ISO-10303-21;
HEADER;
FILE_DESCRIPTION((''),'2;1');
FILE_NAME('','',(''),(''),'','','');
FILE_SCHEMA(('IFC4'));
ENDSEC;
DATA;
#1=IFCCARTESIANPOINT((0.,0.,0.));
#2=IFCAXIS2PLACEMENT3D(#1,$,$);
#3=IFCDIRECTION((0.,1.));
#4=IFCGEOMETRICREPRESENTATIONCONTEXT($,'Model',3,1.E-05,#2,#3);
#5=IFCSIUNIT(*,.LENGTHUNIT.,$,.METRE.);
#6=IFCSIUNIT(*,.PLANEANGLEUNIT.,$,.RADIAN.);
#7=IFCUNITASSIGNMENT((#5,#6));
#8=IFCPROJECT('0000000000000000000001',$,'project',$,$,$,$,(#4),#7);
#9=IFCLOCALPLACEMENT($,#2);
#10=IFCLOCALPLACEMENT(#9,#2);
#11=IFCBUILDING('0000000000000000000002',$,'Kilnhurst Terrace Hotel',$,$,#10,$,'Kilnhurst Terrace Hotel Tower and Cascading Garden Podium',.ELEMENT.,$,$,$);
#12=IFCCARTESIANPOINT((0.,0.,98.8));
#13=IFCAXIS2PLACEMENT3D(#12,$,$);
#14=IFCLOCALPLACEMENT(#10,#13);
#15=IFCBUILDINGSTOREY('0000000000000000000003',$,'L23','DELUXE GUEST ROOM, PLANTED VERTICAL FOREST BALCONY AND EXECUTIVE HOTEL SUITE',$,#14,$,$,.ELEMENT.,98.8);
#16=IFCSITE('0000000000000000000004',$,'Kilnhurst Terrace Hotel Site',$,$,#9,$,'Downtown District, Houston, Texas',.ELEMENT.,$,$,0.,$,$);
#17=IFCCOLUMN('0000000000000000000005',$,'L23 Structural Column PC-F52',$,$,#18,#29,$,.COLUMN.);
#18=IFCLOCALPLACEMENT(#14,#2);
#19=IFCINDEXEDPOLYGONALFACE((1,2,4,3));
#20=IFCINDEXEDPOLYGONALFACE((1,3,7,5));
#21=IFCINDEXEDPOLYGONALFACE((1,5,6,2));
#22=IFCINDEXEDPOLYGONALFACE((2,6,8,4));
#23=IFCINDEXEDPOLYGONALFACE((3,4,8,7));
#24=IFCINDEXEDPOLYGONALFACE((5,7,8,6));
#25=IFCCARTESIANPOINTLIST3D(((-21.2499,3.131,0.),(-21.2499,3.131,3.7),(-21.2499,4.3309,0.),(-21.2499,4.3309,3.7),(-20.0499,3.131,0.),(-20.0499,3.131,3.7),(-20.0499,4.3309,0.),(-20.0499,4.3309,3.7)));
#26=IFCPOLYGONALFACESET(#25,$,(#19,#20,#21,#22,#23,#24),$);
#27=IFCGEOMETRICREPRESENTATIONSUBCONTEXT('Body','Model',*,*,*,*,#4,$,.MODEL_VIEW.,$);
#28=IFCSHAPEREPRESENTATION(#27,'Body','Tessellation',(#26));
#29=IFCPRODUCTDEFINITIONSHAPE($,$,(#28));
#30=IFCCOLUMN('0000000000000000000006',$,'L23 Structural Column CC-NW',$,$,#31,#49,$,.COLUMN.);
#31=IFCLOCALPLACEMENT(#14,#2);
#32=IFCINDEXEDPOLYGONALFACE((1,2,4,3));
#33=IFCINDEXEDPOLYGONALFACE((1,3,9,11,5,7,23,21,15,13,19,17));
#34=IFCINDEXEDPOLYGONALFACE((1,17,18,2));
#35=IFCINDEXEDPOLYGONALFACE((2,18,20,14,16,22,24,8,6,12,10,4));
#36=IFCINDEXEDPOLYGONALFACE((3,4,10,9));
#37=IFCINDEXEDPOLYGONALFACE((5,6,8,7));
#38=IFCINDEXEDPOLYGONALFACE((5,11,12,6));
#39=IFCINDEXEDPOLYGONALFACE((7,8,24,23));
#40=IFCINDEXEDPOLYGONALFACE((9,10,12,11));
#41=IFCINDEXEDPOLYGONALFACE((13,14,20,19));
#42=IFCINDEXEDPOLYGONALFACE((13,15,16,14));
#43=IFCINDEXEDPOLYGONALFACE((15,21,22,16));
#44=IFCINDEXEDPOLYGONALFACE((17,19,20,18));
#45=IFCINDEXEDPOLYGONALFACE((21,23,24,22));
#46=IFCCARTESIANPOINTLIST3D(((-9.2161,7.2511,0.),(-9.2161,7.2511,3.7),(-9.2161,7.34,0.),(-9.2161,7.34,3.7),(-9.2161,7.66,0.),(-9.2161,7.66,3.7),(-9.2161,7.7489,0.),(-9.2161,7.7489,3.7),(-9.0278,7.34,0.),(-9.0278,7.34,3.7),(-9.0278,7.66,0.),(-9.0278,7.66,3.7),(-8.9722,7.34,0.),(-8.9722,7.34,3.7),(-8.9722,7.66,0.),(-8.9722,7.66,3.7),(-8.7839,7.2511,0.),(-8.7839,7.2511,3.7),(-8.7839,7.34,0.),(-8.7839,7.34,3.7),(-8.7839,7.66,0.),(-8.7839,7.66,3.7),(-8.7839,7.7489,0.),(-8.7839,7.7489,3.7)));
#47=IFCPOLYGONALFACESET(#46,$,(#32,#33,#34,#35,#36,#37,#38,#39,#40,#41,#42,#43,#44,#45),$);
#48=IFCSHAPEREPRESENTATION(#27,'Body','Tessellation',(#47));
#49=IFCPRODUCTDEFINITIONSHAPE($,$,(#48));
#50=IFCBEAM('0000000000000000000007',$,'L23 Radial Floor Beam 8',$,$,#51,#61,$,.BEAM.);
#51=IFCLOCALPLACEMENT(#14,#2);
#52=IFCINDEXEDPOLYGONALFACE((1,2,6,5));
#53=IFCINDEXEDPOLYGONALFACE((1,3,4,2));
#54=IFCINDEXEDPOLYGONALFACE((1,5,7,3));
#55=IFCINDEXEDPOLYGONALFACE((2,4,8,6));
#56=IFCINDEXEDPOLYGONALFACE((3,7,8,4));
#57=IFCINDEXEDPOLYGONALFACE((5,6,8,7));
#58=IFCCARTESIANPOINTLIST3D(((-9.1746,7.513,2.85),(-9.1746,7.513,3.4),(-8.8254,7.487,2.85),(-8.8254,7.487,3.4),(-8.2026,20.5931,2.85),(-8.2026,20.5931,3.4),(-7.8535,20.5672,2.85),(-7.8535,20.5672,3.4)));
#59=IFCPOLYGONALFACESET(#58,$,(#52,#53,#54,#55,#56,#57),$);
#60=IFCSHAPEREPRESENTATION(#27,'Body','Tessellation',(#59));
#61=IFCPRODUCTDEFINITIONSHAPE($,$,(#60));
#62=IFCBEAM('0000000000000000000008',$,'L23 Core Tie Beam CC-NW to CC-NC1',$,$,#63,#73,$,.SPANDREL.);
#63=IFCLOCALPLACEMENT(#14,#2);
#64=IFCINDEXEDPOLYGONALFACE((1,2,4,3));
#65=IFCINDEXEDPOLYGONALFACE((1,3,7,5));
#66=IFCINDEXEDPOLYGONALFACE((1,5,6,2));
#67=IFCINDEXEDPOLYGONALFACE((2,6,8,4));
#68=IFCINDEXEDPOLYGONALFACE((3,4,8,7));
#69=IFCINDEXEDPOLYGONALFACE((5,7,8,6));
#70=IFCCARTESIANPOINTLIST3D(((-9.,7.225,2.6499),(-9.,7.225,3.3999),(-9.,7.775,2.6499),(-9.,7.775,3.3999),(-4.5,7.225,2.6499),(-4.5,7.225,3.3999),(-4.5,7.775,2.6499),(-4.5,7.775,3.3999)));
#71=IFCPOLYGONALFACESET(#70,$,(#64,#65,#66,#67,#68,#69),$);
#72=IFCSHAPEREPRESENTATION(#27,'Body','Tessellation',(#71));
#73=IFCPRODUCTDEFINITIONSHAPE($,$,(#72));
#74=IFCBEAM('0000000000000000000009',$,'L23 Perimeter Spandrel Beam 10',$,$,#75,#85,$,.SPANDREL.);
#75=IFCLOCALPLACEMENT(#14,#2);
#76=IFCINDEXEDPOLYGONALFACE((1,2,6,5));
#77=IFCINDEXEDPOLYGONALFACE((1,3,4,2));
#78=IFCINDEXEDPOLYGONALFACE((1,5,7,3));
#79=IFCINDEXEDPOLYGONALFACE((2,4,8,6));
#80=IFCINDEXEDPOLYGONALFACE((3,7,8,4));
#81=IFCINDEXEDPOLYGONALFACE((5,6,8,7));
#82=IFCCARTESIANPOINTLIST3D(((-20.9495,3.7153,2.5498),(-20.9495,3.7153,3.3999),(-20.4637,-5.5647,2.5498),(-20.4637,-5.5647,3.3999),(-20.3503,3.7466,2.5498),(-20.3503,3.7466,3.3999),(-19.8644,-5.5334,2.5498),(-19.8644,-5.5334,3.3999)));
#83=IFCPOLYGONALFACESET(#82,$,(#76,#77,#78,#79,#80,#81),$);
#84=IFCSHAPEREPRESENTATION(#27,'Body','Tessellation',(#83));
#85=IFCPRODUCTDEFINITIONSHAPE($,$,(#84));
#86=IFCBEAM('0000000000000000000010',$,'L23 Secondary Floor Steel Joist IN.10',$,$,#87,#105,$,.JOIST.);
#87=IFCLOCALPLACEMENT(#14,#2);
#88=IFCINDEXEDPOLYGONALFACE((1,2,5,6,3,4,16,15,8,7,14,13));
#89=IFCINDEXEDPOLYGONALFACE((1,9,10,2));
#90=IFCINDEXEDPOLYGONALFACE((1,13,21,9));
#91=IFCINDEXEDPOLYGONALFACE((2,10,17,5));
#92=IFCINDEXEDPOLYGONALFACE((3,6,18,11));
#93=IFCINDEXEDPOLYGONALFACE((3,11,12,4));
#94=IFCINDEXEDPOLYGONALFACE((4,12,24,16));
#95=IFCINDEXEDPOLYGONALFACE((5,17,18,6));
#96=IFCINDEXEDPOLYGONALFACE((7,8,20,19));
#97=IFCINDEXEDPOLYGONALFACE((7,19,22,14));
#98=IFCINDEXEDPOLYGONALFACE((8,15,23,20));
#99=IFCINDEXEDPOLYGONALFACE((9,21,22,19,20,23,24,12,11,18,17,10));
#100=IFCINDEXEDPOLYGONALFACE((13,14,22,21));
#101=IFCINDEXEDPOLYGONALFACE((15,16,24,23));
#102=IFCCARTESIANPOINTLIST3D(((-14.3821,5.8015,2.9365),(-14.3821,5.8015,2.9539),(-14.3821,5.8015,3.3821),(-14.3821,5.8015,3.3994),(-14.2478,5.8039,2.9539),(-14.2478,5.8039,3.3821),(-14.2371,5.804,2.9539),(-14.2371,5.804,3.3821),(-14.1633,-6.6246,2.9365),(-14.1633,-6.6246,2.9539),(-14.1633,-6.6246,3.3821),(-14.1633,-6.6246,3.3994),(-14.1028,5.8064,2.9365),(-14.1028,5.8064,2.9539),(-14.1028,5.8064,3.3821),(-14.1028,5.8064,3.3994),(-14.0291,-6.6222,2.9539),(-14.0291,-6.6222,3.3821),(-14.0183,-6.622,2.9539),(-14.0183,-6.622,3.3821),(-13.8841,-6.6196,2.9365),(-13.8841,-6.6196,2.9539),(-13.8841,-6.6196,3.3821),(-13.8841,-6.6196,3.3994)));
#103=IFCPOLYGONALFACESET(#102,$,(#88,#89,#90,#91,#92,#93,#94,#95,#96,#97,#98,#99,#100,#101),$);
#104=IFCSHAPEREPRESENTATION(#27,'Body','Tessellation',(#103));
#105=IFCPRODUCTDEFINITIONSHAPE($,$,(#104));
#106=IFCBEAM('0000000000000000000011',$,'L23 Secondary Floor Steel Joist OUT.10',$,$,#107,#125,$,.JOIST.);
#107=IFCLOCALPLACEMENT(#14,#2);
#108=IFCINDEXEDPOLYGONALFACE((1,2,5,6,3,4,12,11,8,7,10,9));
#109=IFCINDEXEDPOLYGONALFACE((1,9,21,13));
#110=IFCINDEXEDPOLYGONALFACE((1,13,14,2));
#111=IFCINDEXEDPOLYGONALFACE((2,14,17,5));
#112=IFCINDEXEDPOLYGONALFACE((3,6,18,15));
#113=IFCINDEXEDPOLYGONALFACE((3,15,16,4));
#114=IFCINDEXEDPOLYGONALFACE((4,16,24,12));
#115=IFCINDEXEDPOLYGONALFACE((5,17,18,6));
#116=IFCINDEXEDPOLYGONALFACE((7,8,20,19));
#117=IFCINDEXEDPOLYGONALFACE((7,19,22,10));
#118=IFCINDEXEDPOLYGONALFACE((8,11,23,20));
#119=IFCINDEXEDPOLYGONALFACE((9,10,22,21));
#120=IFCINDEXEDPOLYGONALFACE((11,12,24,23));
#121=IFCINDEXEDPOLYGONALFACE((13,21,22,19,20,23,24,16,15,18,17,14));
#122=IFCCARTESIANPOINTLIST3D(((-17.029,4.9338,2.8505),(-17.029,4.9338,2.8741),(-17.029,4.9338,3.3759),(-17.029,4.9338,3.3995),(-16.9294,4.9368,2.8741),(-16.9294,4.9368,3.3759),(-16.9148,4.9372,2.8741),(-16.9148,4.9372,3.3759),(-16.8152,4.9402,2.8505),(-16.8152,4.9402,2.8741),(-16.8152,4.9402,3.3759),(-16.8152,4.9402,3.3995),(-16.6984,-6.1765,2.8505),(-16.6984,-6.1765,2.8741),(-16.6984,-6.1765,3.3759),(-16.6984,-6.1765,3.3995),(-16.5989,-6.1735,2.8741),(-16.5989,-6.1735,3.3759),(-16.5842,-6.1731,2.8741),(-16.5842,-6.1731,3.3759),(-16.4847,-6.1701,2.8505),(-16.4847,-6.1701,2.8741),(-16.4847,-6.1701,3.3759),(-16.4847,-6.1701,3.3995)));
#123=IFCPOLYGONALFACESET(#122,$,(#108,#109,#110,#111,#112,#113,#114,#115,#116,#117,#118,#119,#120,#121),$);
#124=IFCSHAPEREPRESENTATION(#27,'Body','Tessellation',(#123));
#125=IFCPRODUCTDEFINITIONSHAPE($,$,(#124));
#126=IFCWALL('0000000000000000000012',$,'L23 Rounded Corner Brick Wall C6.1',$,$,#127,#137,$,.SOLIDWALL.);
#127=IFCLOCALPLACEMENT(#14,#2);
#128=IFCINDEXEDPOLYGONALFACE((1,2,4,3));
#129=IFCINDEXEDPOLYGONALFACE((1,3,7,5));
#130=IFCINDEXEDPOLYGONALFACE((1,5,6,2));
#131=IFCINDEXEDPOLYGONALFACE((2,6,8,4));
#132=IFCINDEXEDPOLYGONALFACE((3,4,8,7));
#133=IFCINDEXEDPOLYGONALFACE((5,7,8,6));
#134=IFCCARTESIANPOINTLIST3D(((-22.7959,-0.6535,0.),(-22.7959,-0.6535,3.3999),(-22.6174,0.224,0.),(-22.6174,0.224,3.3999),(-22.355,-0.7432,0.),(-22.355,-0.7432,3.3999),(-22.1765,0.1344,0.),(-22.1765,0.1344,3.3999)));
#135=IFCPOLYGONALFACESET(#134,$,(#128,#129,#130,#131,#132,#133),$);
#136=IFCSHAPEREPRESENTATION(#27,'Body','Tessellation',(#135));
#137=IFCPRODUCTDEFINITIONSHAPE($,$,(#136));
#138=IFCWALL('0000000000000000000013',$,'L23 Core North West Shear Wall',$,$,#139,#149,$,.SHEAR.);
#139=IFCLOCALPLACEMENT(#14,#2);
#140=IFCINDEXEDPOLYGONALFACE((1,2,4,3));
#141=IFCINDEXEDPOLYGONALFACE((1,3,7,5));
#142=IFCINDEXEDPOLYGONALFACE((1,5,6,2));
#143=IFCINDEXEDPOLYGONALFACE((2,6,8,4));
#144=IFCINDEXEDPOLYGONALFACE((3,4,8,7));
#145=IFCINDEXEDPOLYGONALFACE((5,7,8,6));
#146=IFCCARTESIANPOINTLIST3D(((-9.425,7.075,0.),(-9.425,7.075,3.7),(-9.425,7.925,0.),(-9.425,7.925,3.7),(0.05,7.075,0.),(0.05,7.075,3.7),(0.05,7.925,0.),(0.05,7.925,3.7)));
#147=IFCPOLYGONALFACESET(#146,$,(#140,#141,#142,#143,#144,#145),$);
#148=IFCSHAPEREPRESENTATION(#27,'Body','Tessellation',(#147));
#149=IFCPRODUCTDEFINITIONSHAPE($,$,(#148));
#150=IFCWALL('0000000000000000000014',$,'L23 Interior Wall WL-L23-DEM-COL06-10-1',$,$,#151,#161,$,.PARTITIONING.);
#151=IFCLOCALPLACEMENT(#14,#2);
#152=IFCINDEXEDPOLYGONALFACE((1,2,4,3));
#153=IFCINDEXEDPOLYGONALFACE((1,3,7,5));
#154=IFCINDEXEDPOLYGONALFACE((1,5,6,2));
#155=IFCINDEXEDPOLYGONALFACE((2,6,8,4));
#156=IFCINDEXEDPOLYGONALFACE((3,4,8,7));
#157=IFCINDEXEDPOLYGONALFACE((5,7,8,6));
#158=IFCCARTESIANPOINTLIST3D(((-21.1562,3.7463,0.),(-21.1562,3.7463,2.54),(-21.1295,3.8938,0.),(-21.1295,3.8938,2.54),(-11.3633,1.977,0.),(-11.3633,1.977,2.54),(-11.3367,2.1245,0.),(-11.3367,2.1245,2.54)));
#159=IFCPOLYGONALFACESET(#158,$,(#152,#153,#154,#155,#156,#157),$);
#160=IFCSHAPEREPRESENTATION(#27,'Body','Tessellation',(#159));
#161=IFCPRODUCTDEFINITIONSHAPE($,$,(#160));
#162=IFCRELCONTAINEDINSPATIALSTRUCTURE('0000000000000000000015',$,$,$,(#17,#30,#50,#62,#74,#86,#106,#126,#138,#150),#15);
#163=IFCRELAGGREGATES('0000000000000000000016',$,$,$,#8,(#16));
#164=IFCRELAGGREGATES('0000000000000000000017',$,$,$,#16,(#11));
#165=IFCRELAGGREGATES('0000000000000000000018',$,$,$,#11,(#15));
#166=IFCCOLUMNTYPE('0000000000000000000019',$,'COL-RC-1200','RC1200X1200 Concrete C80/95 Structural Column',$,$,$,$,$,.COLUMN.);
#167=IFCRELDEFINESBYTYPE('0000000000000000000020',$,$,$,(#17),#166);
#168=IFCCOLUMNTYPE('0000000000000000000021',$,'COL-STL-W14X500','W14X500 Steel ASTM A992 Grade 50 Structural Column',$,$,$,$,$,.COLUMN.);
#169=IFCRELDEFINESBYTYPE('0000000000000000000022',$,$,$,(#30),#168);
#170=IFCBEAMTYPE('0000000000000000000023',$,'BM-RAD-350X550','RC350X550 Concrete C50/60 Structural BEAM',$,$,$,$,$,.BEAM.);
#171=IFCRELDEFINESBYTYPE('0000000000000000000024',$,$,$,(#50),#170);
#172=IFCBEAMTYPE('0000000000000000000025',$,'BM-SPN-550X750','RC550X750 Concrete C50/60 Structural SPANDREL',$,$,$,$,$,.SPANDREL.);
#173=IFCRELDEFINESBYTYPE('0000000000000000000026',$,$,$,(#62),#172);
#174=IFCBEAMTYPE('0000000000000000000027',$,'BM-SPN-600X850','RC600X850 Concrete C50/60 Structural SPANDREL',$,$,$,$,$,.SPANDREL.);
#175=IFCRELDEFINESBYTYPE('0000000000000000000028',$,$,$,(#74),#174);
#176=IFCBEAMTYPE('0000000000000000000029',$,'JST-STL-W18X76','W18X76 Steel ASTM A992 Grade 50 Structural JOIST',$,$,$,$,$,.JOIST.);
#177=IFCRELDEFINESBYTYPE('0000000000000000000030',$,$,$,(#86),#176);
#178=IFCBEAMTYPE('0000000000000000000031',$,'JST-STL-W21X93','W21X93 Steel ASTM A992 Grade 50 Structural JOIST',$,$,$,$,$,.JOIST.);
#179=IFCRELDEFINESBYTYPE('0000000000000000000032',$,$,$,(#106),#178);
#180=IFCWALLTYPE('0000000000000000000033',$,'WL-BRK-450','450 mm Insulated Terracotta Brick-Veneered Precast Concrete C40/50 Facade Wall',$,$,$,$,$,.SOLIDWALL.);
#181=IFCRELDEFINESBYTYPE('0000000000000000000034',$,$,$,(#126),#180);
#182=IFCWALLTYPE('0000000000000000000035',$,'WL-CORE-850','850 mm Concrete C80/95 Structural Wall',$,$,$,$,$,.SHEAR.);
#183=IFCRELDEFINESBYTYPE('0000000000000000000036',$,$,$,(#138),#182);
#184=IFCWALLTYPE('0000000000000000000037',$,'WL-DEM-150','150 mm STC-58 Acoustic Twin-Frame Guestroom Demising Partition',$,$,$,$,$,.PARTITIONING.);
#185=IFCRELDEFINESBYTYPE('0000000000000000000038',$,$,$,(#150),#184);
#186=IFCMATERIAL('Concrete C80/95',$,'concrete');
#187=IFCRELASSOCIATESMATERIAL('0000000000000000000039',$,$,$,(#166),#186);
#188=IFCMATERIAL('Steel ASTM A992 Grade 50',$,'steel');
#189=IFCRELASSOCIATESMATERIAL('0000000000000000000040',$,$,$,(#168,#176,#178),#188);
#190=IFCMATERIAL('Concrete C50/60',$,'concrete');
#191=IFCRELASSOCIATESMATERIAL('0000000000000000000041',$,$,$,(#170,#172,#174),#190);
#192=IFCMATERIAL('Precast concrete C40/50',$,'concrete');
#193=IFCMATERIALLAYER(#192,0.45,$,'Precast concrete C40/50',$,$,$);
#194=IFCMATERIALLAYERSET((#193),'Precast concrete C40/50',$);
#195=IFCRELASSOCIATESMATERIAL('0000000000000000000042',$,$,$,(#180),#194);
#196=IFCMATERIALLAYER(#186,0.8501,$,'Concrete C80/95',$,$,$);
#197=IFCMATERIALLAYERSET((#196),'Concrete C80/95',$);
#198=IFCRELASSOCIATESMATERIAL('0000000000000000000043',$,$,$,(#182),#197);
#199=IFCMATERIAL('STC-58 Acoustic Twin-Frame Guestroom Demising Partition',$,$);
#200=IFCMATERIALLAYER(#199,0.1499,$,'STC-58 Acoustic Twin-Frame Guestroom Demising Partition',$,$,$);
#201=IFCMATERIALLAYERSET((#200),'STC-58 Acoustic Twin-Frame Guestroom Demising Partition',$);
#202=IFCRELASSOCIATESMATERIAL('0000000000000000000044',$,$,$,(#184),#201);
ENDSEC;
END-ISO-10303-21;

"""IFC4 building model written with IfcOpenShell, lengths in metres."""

from ifc_helpers import new_model, si_unit, direction, frame, frame_2d, origin, origin_2d, place, context, subcontext, project, spatial, rectangle, i_section, extrude, material, layer, layer_set, material_profile, profile_set, type_object, element, save


model = new_model("IFC4")

# Units and contexts
model_context = context("Model", 3, precision=1e-05, world=origin(), true_north=direction((0.0, 1.0)))
body_context = subcontext(model_context, "Body", "Model", "MODEL_VIEW")
ifc_project = project(units=[si_unit("LENGTHUNIT", "METRE"), si_unit("PLANEANGLEUNIT", "RADIAN")], contexts=[model_context])

# Site, building, storey
site_placement = place(None, origin())
site = spatial("IfcSite", under=ifc_project, at=site_placement, Name="Kilnhurst Terrace Hotel Site", LongName="Downtown District, Houston, Texas", CompositionType="ELEMENT", RefElevation=0.0)
building_placement = place(site_placement, origin())
building = spatial("IfcBuilding", under=site, at=building_placement, Name="Kilnhurst Terrace Hotel", LongName="Kilnhurst Terrace Hotel Tower and Cascading Garden Podium", CompositionType="ELEMENT")
storey_placement = place(building_placement, frame((0.0, 0.0, 98.8)))
storey = spatial("IfcBuildingStorey", under=building, at=storey_placement, Name="L23", Description="DELUXE GUEST ROOM, PLANTED VERTICAL FOREST BALCONY AND EXECUTIVE HOTEL SUITE", CompositionType="ELEMENT", Elevation=98.8)

# Columns
ifc_material_1 = material(Name="Concrete C80/95", Category="concrete")
ifc_material_profile_1 = material_profile(ifc_material_1, rectangle(XDim=1.2, YDim=1.2, at=origin_2d()), Name="RC1200X1200")
ifc_profile_set_1 = profile_set([ifc_material_profile_1], Name="Concrete C80/95")
column_type_1 = type_object("IfcColumnType", Name="COL-RC-1200", Description="RC1200X1200 Concrete C80/95 Structural Column", PredefinedType="COLUMN", material=ifc_profile_set_1)
column_1_placement = place(storey_placement, frame((-20.6499, 3.731, 0.0), z_axis=(0.0, 0.0, 1.0), x_axis=(1.0, 0.0, 0.0)))
element("IfcColumn", 1, at=column_1_placement, inside=storey, type_object=column_type_1, Name="L23 Structural Column PC-F52", PredefinedType="COLUMN", context=body_context, shape_type="SweptSolid", body=[
    extrude(rectangle(XDim=1.2, YDim=1.2, at=origin_2d()), origin(), (0.0, 0.0, 1.0), 3.7),
])
ifc_material_2 = material(Name="Steel ASTM A992 Grade 50", Category="steel")
ifc_material_profile_2 = material_profile(ifc_material_2, i_section(OverallWidth=0.4321, OverallDepth=0.4978, WebThickness=0.0557, FlangeThickness=0.0889, at=origin_2d()), Name="W14X500")
ifc_profile_set_2 = profile_set([ifc_material_profile_2], Name="Steel ASTM A992 Grade 50")
column_type_2 = type_object("IfcColumnType", Name="COL-STL-W14X500", Description="W14X500 Steel ASTM A992 Grade 50 Structural Column", PredefinedType="COLUMN", material=ifc_profile_set_2)
column_2_placement = place(storey_placement, frame((-9.0, 7.5, 0.0), z_axis=(0.0, 0.0, 1.0), x_axis=(1.0, 0.0, 0.0)))
element("IfcColumn", 2, at=column_2_placement, inside=storey, type_object=column_type_2, Name="L23 Structural Column CC-NW", PredefinedType="COLUMN", context=body_context, shape_type="SweptSolid", body=[
    extrude(i_section(OverallWidth=0.4321, OverallDepth=0.4978, WebThickness=0.0557, FlangeThickness=0.0889, at=origin_2d()), origin(), (0.0, 0.0, 1.0), 3.7),
])

# Beams
ifc_material_3 = material(Name="Concrete C50/60", Category="concrete")
ifc_material_profile_3 = material_profile(ifc_material_3, rectangle(XDim=0.3501, YDim=0.55, at=origin_2d()), Name="RC350X550")
ifc_profile_set_3 = profile_set([ifc_material_profile_3], Name="Concrete C50/60")
beam_type_1 = type_object("IfcBeamType", Name="BM-RAD-350X550", Description="RC350X550 Concrete C50/60 Structural BEAM", PredefinedType="BEAM", material=ifc_profile_set_3)
beam_1_placement = place(storey_placement, frame((-9.0, 7.5, 3.125), z_axis=(0.074101, 0.997251, 0.0), x_axis=(-0.997251, 0.074101, 0.0)))
element("IfcBeam", 3, at=beam_1_placement, inside=storey, type_object=beam_type_1, Name="L23 Radial Floor Beam 8", PredefinedType="BEAM", context=body_context, shape_type="SweptSolid", body=[
    extrude(rectangle(XDim=0.3501, YDim=0.55, at=origin_2d()), origin(), (0.0, 0.0, 1.0), 13.1162),
])
ifc_material_profile_4 = material_profile(ifc_material_3, rectangle(XDim=0.55, YDim=0.75, at=origin_2d()), Name="RC550X750")
ifc_profile_set_4 = profile_set([ifc_material_profile_4], Name="Concrete C50/60")
beam_type_2 = type_object("IfcBeamType", Name="BM-SPN-550X750", Description="RC550X750 Concrete C50/60 Structural SPANDREL", PredefinedType="SPANDREL", material=ifc_profile_set_4)
beam_2_placement = place(storey_placement, frame((-9.0, 7.5, 3.0249), z_axis=(1.0, 0.0, 0.0), x_axis=(0.0, 1.0, 0.0)))
element("IfcBeam", 4, at=beam_2_placement, inside=storey, type_object=beam_type_2, Name="L23 Core Tie Beam CC-NW to CC-NC1", PredefinedType="SPANDREL", context=body_context, shape_type="SweptSolid", body=[
    extrude(rectangle(XDim=0.55, YDim=0.75, at=origin_2d()), origin(), (0.0, 0.0, 1.0), 4.5),
])
ifc_material_profile_5 = material_profile(ifc_material_3, rectangle(XDim=0.6001, YDim=0.8501, at=origin_2d()), Name="RC600X850")
ifc_profile_set_5 = profile_set([ifc_material_profile_5], Name="Concrete C50/60")
beam_type_3 = type_object("IfcBeamType", Name="BM-SPN-600X850", Description="RC600X850 Concrete C50/60 Structural SPANDREL", PredefinedType="SPANDREL", material=ifc_profile_set_5)
beam_3_placement = place(storey_placement, frame((-20.6499, 3.731, 2.9749), z_axis=(0.052282, -0.998632, 0.0), x_axis=(0.998632, 0.052282, 0.0)))
element("IfcBeam", 5, at=beam_3_placement, inside=storey, type_object=beam_type_3, Name="L23 Perimeter Spandrel Beam 10", PredefinedType="SPANDREL", context=body_context, shape_type="SweptSolid", body=[
    extrude(rectangle(XDim=0.6001, YDim=0.8501, at=origin_2d()), origin(), (0.0, 0.0, 1.0), 9.2927),
])
ifc_material_profile_6 = material_profile(ifc_material_2, i_section(OverallWidth=0.2793, OverallDepth=0.4629, WebThickness=0.0107, FlangeThickness=0.0173, at=origin_2d()), Name="W18X76")
ifc_profile_set_6 = profile_set([ifc_material_profile_6], Name="Steel ASTM A992 Grade 50")
beam_type_4 = type_object("IfcBeamType", Name="JST-STL-W18X76", Description="W18X76 Steel ASTM A992 Grade 50 Structural JOIST", PredefinedType="JOIST", material=ifc_profile_set_6)
beam_4_placement = place(storey_placement, frame((-14.2424, 5.804, 3.168), z_axis=(0.017601, -0.999845, 0.0), x_axis=(0.999845, 0.017601, 0.0)))
element("IfcBeam", 6, at=beam_4_placement, inside=storey, type_object=beam_type_4, Name="L23 Secondary Floor Steel Joist IN.10", PredefinedType="JOIST", context=body_context, shape_type="SweptSolid", body=[
    extrude(i_section(OverallWidth=0.2793, OverallDepth=0.4629, WebThickness=0.0107, FlangeThickness=0.0173, at=origin_2d()), origin(), (0.0, 0.0, 1.0), 12.428),
])
ifc_material_profile_7 = material_profile(ifc_material_2, i_section(OverallWidth=0.2139, OverallDepth=0.5491, WebThickness=0.0146, FlangeThickness=0.0237, at=origin_2d()), Name="W21X93")
ifc_profile_set_7 = profile_set([ifc_material_profile_7], Name="Steel ASTM A992 Grade 50")
beam_type_5 = type_object("IfcBeamType", Name="JST-STL-W21X93", Description="W21X93 Steel ASTM A992 Grade 50 Structural JOIST", PredefinedType="JOIST", material=ifc_profile_set_7)
beam_5_placement = place(storey_placement, frame((-16.9221, 4.937, 3.125), z_axis=(0.02974, -0.999558, 0.0), x_axis=(0.999558, 0.02974, 0.0)))
element("IfcBeam", 7, at=beam_5_placement, inside=storey, type_object=beam_type_5, Name="L23 Secondary Floor Steel Joist OUT.10", PredefinedType="JOIST", context=body_context, shape_type="SweptSolid", body=[
    extrude(i_section(OverallWidth=0.2139, OverallDepth=0.5491, WebThickness=0.0146, FlangeThickness=0.0237, at=origin_2d()), origin(), (0.0, 0.0, 1.0), 11.1152),
])

# Walls
ifc_material_4 = material(Name="Precast concrete C40/50", Category="concrete")
ifc_layer_1 = layer(ifc_material_4, 0.45, Name="Precast concrete C40/50")
ifc_layer_set_1 = layer_set([ifc_layer_1], Name="Precast concrete C40/50")
wall_type_1 = type_object("IfcWallType", Name="WL-BRK-450", Description="450 mm Insulated Terracotta Brick-Veneered Precast Concrete C40/50 Facade Wall", PredefinedType="SOLIDWALL", material=ifc_layer_set_1)
wall_1_placement = place(storey_placement, frame((-22.397, 0.1792, 0.0), z_axis=(0.0, 0.0, 1.0), x_axis=(-0.199314, -0.979936, 0.0)))
element("IfcWall", 8, at=wall_1_placement, inside=storey, type_object=wall_type_1, Name="L23 Rounded Corner Brick Wall C6.1", PredefinedType="SOLIDWALL", context=body_context, shape_type="SweptSolid", body=[
    extrude(rectangle(XDim=0.8955, YDim=0.45, at=frame_2d((0.4478, 0.0))), origin(), (0.0, 0.0, 1.0), 3.3999),
])
ifc_layer_2 = layer(ifc_material_1, 0.8501, Name="Concrete C80/95")
ifc_layer_set_2 = layer_set([ifc_layer_2], Name="Concrete C80/95")
wall_type_2 = type_object("IfcWallType", Name="WL-CORE-850", Description="850 mm Concrete C80/95 Structural Wall", PredefinedType="SHEAR", material=ifc_layer_set_2)
wall_2_placement = place(storey_placement, frame((-9.425, 7.5, 0.0), z_axis=(0.0, 0.0, 1.0), x_axis=(1.0, 0.0, 0.0)))
element("IfcWall", 9, at=wall_2_placement, inside=storey, type_object=wall_type_2, Name="L23 Core North West Shear Wall", PredefinedType="SHEAR", context=body_context, shape_type="SweptSolid", body=[
    extrude(rectangle(XDim=9.4751, YDim=0.8501, at=frame_2d((4.7375, 0.0))), origin(), (0.0, 0.0, 1.0), 3.7),
])
ifc_material_5 = material(Name="STC-58 Acoustic Twin-Frame Guestroom Demising Partition")
ifc_layer_3 = layer(ifc_material_5, 0.1499, Name="STC-58 Acoustic Twin-Frame Guestroom Demising Partition")
ifc_layer_set_3 = layer_set([ifc_layer_3], Name="STC-58 Acoustic Twin-Frame Guestroom Demising Partition")
wall_type_3 = type_object("IfcWallType", Name="WL-DEM-150", Description="150 mm STC-58 Acoustic Twin-Frame Guestroom Demising Partition", PredefinedType="PARTITIONING", material=ifc_layer_set_3)
wall_3_placement = place(storey_placement, frame((-11.3501, 2.0508, 0.0), z_axis=(0.0, 0.0, 1.0), x_axis=(-0.984068, 0.177791, 0.0)))
element("IfcWall", 10, at=wall_3_placement, inside=storey, type_object=wall_type_3, Name="L23 Interior Wall WL-L23-DEM-COL06-10-1", PredefinedType="PARTITIONING", context=body_context, shape_type="SweptSolid", body=[
    extrude(rectangle(XDim=9.9514, YDim=0.1499, at=frame_2d((4.9756, 0.0))), origin(), (0.0, 0.0, 1.0), 2.54),
])

save(model, "model.ifc")
